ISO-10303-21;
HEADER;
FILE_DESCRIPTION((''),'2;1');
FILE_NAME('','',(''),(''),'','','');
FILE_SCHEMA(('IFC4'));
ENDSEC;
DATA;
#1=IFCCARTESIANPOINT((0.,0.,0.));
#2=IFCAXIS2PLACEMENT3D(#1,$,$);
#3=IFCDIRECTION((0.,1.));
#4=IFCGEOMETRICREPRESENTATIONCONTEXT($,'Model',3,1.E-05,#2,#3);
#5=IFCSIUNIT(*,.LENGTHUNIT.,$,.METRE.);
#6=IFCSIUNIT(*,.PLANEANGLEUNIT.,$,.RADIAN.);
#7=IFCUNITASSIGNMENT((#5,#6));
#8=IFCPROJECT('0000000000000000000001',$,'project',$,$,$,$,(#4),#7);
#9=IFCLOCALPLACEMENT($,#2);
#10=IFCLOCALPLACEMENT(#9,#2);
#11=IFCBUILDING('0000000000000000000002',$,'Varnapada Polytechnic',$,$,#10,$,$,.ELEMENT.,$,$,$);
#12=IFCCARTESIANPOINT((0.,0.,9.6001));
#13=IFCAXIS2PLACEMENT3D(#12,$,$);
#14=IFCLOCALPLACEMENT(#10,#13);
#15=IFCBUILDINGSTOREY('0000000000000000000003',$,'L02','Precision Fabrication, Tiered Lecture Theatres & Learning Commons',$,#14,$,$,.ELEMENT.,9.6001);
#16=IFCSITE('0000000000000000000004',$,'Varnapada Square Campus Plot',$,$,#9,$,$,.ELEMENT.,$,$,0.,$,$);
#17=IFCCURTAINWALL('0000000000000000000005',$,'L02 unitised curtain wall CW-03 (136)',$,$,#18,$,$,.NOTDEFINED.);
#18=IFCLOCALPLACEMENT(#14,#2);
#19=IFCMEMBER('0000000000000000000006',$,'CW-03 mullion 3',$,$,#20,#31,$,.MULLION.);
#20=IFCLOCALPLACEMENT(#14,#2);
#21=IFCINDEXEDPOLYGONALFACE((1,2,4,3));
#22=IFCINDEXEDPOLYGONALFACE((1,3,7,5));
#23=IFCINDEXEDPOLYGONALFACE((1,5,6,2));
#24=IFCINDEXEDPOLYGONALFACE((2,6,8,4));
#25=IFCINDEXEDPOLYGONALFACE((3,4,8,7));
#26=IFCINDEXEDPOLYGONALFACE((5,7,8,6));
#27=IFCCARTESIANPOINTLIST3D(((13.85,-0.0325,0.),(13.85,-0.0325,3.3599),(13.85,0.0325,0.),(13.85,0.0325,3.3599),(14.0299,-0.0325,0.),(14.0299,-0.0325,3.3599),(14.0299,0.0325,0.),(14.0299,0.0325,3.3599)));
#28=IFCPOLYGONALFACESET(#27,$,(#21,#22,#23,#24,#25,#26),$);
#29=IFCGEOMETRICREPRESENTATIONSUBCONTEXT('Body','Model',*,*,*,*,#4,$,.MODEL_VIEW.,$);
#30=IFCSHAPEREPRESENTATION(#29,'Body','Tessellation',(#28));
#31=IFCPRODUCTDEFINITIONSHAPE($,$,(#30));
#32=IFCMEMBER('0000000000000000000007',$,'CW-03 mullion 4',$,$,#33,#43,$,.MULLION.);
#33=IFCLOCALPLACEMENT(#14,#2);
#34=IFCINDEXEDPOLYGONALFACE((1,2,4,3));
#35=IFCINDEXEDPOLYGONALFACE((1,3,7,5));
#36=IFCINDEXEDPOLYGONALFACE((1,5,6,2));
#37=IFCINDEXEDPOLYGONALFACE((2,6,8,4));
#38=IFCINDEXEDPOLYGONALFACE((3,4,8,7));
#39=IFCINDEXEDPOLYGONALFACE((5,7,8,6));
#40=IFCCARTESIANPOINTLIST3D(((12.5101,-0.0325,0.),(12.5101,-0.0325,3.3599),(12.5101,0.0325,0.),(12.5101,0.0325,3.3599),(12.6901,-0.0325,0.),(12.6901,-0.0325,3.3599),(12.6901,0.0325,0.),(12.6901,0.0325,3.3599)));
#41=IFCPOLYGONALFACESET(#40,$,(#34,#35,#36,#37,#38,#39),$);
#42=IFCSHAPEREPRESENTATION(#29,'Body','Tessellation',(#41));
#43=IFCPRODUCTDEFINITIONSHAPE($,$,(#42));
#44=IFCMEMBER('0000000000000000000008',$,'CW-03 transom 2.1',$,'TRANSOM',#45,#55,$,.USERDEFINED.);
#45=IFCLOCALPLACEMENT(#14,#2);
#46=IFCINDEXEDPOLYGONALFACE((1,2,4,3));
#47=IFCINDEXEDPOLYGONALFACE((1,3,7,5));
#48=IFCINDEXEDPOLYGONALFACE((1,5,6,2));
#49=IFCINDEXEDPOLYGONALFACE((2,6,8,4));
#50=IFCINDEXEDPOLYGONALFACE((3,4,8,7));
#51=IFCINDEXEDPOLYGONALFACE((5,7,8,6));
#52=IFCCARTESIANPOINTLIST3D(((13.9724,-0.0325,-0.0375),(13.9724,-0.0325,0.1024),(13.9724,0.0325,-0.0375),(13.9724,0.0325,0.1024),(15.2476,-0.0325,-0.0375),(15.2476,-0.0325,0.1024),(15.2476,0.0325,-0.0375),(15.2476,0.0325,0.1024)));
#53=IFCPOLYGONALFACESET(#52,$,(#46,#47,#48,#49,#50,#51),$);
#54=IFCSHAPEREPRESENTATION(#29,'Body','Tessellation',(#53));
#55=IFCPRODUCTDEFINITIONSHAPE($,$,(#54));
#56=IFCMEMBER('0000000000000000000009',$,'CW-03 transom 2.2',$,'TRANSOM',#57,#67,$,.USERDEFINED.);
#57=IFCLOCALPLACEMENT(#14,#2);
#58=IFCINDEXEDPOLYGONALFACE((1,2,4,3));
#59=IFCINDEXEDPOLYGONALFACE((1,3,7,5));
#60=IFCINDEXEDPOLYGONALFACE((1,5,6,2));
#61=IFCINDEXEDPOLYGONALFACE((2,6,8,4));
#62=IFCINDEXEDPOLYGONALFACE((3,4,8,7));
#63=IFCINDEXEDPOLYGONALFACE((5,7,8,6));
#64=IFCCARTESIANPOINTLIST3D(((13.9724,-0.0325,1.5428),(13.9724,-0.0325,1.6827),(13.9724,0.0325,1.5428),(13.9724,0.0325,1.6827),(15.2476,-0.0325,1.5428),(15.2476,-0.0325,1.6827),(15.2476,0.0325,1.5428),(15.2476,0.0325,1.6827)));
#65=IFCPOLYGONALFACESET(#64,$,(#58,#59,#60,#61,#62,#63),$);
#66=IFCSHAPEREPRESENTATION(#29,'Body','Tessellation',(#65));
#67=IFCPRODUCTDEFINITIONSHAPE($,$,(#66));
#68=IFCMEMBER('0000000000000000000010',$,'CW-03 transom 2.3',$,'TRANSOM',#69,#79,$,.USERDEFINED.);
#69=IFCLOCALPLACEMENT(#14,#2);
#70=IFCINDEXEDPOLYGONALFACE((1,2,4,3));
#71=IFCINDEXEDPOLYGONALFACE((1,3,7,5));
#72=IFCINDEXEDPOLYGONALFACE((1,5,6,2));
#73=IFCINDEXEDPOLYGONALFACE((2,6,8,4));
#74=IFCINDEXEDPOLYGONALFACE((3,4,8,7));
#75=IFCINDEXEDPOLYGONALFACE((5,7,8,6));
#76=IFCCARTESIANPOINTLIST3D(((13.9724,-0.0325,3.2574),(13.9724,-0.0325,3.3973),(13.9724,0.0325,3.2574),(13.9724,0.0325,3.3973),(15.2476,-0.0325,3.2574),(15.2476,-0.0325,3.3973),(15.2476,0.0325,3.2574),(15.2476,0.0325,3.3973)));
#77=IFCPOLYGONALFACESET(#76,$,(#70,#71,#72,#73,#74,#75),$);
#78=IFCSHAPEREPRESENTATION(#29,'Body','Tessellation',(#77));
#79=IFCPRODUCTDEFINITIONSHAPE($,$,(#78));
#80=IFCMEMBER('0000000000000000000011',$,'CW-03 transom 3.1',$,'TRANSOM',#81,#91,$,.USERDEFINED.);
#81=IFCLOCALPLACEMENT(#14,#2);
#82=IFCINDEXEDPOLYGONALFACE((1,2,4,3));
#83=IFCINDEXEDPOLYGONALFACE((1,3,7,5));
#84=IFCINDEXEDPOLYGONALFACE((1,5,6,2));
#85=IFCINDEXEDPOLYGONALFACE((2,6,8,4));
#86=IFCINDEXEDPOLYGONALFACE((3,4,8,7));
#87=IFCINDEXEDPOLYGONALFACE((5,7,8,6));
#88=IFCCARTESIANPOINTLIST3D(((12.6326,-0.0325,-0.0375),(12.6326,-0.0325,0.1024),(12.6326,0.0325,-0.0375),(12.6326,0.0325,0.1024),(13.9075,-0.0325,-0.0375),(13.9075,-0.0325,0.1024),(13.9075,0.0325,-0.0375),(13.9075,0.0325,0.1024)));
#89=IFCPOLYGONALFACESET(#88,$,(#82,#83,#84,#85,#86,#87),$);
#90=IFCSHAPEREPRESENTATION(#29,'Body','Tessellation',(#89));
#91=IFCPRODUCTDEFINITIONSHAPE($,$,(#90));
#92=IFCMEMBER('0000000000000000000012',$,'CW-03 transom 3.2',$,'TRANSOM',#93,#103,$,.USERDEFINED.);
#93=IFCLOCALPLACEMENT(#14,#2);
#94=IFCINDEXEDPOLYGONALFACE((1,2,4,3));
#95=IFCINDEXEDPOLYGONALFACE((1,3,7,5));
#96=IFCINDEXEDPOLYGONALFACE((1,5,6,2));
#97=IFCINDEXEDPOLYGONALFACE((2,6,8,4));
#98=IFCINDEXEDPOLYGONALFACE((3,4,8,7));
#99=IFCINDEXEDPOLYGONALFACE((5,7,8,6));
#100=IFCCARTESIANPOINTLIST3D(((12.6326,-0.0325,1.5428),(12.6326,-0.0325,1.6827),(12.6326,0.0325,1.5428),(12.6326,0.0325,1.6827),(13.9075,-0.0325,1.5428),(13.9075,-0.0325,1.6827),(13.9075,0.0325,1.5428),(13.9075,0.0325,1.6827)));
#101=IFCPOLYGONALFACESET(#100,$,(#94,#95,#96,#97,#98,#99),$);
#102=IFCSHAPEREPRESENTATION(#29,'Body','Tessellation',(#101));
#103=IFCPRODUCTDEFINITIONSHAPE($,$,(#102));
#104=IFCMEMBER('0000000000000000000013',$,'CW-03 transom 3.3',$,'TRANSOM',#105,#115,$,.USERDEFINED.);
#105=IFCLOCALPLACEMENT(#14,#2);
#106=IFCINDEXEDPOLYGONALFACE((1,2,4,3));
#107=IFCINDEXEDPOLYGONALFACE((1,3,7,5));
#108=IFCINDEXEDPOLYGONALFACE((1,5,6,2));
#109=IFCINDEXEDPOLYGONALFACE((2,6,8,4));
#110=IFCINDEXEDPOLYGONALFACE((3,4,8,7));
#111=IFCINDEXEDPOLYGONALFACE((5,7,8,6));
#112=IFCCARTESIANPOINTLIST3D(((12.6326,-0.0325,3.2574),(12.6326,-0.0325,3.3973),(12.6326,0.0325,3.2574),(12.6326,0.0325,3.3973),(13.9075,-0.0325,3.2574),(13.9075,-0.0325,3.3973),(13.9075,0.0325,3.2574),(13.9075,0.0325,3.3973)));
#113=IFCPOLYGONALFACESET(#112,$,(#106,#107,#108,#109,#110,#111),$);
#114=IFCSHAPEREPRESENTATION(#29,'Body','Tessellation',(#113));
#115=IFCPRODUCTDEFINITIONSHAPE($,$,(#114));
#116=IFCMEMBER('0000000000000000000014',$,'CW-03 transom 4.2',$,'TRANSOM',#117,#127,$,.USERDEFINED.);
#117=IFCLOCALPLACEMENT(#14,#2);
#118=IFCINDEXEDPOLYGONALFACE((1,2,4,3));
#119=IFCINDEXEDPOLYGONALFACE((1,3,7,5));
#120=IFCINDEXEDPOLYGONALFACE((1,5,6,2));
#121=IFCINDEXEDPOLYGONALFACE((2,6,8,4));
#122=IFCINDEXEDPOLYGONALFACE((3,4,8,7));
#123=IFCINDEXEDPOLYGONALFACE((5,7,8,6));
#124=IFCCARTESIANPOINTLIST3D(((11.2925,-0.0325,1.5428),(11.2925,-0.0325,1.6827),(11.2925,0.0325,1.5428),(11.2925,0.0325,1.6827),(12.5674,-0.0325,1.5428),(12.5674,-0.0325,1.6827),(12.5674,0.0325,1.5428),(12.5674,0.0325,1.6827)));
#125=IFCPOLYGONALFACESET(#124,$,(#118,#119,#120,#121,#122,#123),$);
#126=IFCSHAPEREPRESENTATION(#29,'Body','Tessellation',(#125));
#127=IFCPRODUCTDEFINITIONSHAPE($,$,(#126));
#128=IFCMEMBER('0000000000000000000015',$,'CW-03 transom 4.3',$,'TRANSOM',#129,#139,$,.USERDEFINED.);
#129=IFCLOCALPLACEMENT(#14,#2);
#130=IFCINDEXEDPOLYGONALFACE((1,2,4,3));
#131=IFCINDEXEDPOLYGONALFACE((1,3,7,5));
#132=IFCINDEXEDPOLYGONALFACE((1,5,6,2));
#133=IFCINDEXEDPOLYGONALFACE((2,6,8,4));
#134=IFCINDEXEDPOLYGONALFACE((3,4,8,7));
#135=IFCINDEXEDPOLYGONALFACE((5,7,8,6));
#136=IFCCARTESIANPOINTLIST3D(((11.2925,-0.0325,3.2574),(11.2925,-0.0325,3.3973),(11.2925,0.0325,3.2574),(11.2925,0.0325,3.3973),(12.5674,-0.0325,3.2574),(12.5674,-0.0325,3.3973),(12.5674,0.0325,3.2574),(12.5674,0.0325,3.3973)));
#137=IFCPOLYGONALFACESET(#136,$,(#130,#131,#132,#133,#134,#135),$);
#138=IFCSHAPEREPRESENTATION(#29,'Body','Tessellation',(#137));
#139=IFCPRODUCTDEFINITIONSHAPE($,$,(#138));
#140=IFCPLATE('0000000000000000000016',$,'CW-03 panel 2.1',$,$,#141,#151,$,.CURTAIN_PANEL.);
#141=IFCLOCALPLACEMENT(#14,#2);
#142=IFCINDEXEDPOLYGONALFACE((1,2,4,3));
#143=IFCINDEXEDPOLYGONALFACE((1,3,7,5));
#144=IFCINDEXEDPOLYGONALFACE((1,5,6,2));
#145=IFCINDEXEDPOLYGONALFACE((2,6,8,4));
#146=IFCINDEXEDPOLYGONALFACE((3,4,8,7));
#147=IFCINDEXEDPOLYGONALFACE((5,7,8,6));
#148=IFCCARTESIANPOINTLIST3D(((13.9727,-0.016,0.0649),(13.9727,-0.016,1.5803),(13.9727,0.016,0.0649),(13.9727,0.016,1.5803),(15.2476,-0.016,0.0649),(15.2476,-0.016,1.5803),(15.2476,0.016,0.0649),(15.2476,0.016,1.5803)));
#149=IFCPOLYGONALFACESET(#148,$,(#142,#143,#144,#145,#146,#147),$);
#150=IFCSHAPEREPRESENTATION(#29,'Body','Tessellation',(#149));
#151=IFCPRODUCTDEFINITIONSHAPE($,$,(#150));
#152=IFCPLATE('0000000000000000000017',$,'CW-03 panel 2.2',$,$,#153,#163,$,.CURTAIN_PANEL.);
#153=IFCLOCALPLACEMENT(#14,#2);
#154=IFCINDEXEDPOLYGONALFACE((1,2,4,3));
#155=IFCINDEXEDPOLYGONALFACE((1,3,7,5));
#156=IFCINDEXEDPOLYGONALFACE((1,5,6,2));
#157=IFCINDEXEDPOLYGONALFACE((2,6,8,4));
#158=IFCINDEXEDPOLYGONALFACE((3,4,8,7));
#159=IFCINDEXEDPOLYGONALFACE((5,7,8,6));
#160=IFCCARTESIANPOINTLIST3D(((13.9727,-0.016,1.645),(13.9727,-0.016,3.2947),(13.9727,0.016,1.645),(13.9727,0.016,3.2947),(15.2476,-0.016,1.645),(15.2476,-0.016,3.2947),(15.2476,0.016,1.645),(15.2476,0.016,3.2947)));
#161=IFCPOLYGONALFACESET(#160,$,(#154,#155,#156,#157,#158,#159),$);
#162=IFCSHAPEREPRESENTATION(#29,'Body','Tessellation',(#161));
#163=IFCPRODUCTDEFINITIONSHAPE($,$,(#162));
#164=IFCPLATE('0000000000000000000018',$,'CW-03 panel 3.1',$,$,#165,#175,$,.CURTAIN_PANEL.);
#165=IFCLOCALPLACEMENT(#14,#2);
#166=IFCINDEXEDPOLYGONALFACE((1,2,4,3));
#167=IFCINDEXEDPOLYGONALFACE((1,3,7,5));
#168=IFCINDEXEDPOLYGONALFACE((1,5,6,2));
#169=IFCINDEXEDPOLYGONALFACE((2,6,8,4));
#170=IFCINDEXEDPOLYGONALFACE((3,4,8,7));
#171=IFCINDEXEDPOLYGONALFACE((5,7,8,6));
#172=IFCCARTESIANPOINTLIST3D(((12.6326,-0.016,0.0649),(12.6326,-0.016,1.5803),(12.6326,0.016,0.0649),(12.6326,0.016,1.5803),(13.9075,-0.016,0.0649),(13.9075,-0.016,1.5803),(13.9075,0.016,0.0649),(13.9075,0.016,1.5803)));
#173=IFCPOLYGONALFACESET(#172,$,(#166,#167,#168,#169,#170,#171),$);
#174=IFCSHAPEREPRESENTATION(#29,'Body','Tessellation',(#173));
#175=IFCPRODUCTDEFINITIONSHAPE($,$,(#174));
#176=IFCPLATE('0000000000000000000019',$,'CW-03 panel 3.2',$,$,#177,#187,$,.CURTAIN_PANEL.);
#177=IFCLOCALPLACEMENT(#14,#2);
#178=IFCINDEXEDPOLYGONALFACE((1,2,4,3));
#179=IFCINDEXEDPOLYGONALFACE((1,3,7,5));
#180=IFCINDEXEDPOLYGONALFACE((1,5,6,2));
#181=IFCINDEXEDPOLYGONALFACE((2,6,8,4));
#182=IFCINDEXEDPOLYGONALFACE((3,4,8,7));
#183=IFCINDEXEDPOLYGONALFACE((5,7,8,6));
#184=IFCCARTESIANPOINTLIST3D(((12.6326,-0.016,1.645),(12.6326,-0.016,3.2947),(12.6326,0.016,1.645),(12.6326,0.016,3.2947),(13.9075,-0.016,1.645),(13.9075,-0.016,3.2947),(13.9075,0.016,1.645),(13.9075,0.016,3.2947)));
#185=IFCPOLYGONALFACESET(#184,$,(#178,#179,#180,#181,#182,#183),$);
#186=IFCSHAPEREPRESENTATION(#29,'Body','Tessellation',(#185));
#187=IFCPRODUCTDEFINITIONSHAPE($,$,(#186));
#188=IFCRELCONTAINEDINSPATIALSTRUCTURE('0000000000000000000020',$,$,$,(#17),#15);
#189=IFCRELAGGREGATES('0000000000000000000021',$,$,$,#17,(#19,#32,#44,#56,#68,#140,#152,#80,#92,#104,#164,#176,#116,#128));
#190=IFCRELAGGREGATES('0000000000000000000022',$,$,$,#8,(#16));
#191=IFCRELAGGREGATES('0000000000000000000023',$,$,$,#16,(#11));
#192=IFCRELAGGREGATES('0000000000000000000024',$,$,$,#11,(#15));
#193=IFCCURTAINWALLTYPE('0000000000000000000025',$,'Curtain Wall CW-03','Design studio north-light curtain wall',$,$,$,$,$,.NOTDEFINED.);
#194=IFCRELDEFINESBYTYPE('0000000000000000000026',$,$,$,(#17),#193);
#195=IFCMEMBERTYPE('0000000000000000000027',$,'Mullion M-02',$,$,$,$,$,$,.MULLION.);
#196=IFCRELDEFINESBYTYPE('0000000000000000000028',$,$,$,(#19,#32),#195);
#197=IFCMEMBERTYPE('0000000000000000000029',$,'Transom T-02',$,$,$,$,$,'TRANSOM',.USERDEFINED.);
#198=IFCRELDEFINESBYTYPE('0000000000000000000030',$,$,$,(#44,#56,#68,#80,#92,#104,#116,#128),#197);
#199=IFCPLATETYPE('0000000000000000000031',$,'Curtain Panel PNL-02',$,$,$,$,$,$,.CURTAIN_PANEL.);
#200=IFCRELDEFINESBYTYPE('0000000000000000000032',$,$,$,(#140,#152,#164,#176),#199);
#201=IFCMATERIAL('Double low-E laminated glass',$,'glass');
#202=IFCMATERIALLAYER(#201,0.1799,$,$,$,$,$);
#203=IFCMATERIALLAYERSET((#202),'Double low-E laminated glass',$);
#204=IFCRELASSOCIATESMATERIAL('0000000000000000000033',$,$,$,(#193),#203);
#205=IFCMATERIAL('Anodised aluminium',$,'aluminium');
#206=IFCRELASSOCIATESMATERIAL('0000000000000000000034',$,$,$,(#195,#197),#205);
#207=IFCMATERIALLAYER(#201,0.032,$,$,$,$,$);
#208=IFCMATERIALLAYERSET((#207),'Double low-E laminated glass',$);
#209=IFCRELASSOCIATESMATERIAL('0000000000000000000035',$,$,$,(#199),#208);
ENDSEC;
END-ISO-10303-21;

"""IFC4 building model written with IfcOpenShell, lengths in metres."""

from ifc_helpers import new_model, si_unit, direction, frame, origin, origin_2d, place, context, subcontext, project, spatial, rectangle, extrude, material, layer, layer_set, material_profile, profile_set, type_object, element, aggregate, save


model = new_model("IFC4")

# Units and contexts
model_context = context("Model", 3, precision=1e-05, world=origin(), true_north=direction((0.0, 1.0)))
body_context = subcontext(model_context, "Body", "Model", "MODEL_VIEW")
ifc_project = project(units=[si_unit("LENGTHUNIT", "METRE"), si_unit("PLANEANGLEUNIT", "RADIAN")], contexts=[model_context])

# Site, building, storey
site_placement = place(None, origin())
site = spatial("IfcSite", under=ifc_project, at=site_placement, Name="Varnapada Square Campus Plot", CompositionType="ELEMENT", RefElevation=0.0)
building_placement = place(site_placement, origin())
building = spatial("IfcBuilding", under=site, at=building_placement, Name="Varnapada Polytechnic", CompositionType="ELEMENT")
storey_placement = place(building_placement, frame((0.0, 0.0, 9.6001)))
storey = spatial("IfcBuildingStorey", under=building, at=storey_placement, Name="L02", Description="Precision Fabrication, Tiered Lecture Theatres & Learning Commons", CompositionType="ELEMENT", Elevation=9.6001)

# Curtain wall, members, plates
ifc_material_1 = material(Name="Double low-E laminated glass", Category="glass")
ifc_layer_1 = layer(ifc_material_1, 0.1799)
ifc_layer_set_1 = layer_set([ifc_layer_1], Name="Double low-E laminated glass")
curtain_wall_type = type_object("IfcCurtainWallType", Name="Curtain Wall CW-03", Description="Design studio north-light curtain wall", PredefinedType="NOTDEFINED", material=ifc_layer_set_1)
curtain_wall_placement = place(storey_placement, origin())
curtain_wall = element("IfcCurtainWall", 1, at=curtain_wall_placement, inside=storey, type_object=curtain_wall_type, Name="L02 unitised curtain wall CW-03 (136)", PredefinedType="NOTDEFINED")
ifc_material_2 = material(Name="Anodised aluminium", Category="aluminium")
ifc_material_profile_1 = material_profile(ifc_material_2, rectangle(XDim=0.0649, YDim=0.1799, at=origin_2d()), Name="ALU M65x180")
ifc_profile_set_1 = profile_set([ifc_material_profile_1], Name="Anodised aluminium")
member_type_1 = type_object("IfcMemberType", Name="Mullion M-02", PredefinedType="MULLION", material=ifc_profile_set_1)
member_1_placement = place(storey_placement, frame((13.9399, 0.0, 0.0), z_axis=(0.0, 0.0, 1.0), x_axis=(0.0, -1.0, 0.0)))
member_1 = element("IfcMember", 2, at=member_1_placement, type_object=member_type_1, Name="CW-03 mullion 3", PredefinedType="MULLION", context=body_context, shape_type="SweptSolid", body=[
    extrude(rectangle(XDim=0.0649, YDim=0.1799, at=origin_2d()), origin(), (0.0, 0.0, 1.0), 3.3599),
])
member_2_placement = place(storey_placement, frame((12.6001, 0.0, 0.0), z_axis=(0.0, 0.0, 1.0), x_axis=(0.0, -1.0, 0.0)))
member_2 = element("IfcMember", 3, at=member_2_placement, type_object=member_type_1, Name="CW-03 mullion 4", PredefinedType="MULLION", context=body_context, shape_type="SweptSolid", body=[
    extrude(rectangle(XDim=0.0649, YDim=0.1799, at=origin_2d()), origin(), (0.0, 0.0, 1.0), 3.3599),
])
ifc_material_profile_2 = material_profile(ifc_material_2, rectangle(XDim=0.0649, YDim=0.1399, at=origin_2d()), Name="ALU T65x140")
ifc_profile_set_2 = profile_set([ifc_material_profile_2], Name="Anodised aluminium")
member_type_2 = type_object("IfcMemberType", Name="Transom T-02", ElementType="TRANSOM", PredefinedType="USERDEFINED", material=ifc_profile_set_2)
member_3_placement = place(storey_placement, frame((15.2476, 0.0, 0.0325), z_axis=(-1.0, 0.0, 0.0), x_axis=(0.0, -1.0, 0.0)))
member_3 = element("IfcMember", 4, at=member_3_placement, type_object=member_type_2, Name="CW-03 transom 2.1", ObjectType="TRANSOM", PredefinedType="USERDEFINED", context=body_context, shape_type="SweptSolid", body=[
    extrude(rectangle(XDim=0.0649, YDim=0.1399, at=origin_2d()), origin(), (0.0, 0.0, 1.0), 1.2751),
])
member_4_placement = place(storey_placement, frame((15.2476, 0.0, 1.6128), z_axis=(-1.0, 0.0, 0.0), x_axis=(0.0, -1.0, 0.0)))
member_4 = element("IfcMember", 5, at=member_4_placement, type_object=member_type_2, Name="CW-03 transom 2.2", ObjectType="TRANSOM", PredefinedType="USERDEFINED", context=body_context, shape_type="SweptSolid", body=[
    extrude(rectangle(XDim=0.0649, YDim=0.1399, at=origin_2d()), origin(), (0.0, 0.0, 1.0), 1.2751),
])
member_5_placement = place(storey_placement, frame((15.2476, 0.0, 3.3274), z_axis=(-1.0, 0.0, 0.0), x_axis=(0.0, -1.0, 0.0)))
member_5 = element("IfcMember", 6, at=member_5_placement, type_object=member_type_2, Name="CW-03 transom 2.3", ObjectType="TRANSOM", PredefinedType="USERDEFINED", context=body_context, shape_type="SweptSolid", body=[
    extrude(rectangle(XDim=0.0649, YDim=0.1399, at=origin_2d()), origin(), (0.0, 0.0, 1.0), 1.2751),
])
member_6_placement = place(storey_placement, frame((13.9075, 0.0, 0.0325), z_axis=(-1.0, 0.0, 0.0), x_axis=(0.0, -1.0, 0.0)))
member_6 = element("IfcMember", 7, at=member_6_placement, type_object=member_type_2, Name="CW-03 transom 3.1", ObjectType="TRANSOM", PredefinedType="USERDEFINED", context=body_context, shape_type="SweptSolid", body=[
    extrude(rectangle(XDim=0.0649, YDim=0.1399, at=origin_2d()), origin(), (0.0, 0.0, 1.0), 1.2749),
])
member_7_placement = place(storey_placement, frame((13.9075, 0.0, 1.6128), z_axis=(-1.0, 0.0, 0.0), x_axis=(0.0, -1.0, 0.0)))
member_7 = element("IfcMember", 8, at=member_7_placement, type_object=member_type_2, Name="CW-03 transom 3.2", ObjectType="TRANSOM", PredefinedType="USERDEFINED", context=body_context, shape_type="SweptSolid", body=[
    extrude(rectangle(XDim=0.0649, YDim=0.1399, at=origin_2d()), origin(), (0.0, 0.0, 1.0), 1.2749),
])
member_8_placement = place(storey_placement, frame((13.9075, 0.0, 3.3274), z_axis=(-1.0, 0.0, 0.0), x_axis=(0.0, -1.0, 0.0)))
member_8 = element("IfcMember", 9, at=member_8_placement, type_object=member_type_2, Name="CW-03 transom 3.3", ObjectType="TRANSOM", PredefinedType="USERDEFINED", context=body_context, shape_type="SweptSolid", body=[
    extrude(rectangle(XDim=0.0649, YDim=0.1399, at=origin_2d()), origin(), (0.0, 0.0, 1.0), 1.2749),
])
member_9_placement = place(storey_placement, frame((12.5674, 0.0, 1.6128), z_axis=(-1.0, 0.0, 0.0), x_axis=(0.0, -1.0, 0.0)))
member_9 = element("IfcMember", 10, at=member_9_placement, type_object=member_type_2, Name="CW-03 transom 4.2", ObjectType="TRANSOM", PredefinedType="USERDEFINED", context=body_context, shape_type="SweptSolid", body=[
    extrude(rectangle(XDim=0.0649, YDim=0.1399, at=origin_2d()), origin(), (0.0, 0.0, 1.0), 1.2749),
])
member_10_placement = place(storey_placement, frame((12.5674, 0.0, 3.3274), z_axis=(-1.0, 0.0, 0.0), x_axis=(0.0, -1.0, 0.0)))
member_10 = element("IfcMember", 11, at=member_10_placement, type_object=member_type_2, Name="CW-03 transom 4.3", ObjectType="TRANSOM", PredefinedType="USERDEFINED", context=body_context, shape_type="SweptSolid", body=[
    extrude(rectangle(XDim=0.0649, YDim=0.1399, at=origin_2d()), origin(), (0.0, 0.0, 1.0), 1.2749),
])
ifc_layer_2 = layer(ifc_material_1, 0.032)
ifc_layer_set_2 = layer_set([ifc_layer_2], Name="Double low-E laminated glass")
plate_type = type_object("IfcPlateType", Name="Curtain Panel PNL-02", PredefinedType="CURTAIN_PANEL", material=ifc_layer_set_2)
plate_1_placement = place(storey_placement, frame((14.6101, 0.0, 0.0649), z_axis=(0.0, 0.0, 1.0), x_axis=(-1.0, 0.0, 0.0)))
plate_1 = element("IfcPlate", 12, at=plate_1_placement, type_object=plate_type, Name="CW-03 panel 2.1", PredefinedType="CURTAIN_PANEL", context=body_context, shape_type="SweptSolid", body=[
    extrude(rectangle(XDim=1.2749, YDim=0.032, at=origin_2d()), origin(), (0.0, 0.0, 1.0), 1.5154),
])
plate_2_placement = place(storey_placement, frame((14.6101, 0.0, 1.645), z_axis=(0.0, 0.0, 1.0), x_axis=(-1.0, 0.0, 0.0)))
plate_2 = element("IfcPlate", 13, at=plate_2_placement, type_object=plate_type, Name="CW-03 panel 2.2", PredefinedType="CURTAIN_PANEL", context=body_context, shape_type="SweptSolid", body=[
    extrude(rectangle(XDim=1.2749, YDim=0.032, at=origin_2d()), origin(), (0.0, 0.0, 1.0), 1.6497),
])
plate_3_placement = place(storey_placement, frame((13.27, 0.0, 0.0649), z_axis=(0.0, 0.0, 1.0), x_axis=(-1.0, 0.0, 0.0)))
plate_3 = element("IfcPlate", 14, at=plate_3_placement, type_object=plate_type, Name="CW-03 panel 3.1", PredefinedType="CURTAIN_PANEL", context=body_context, shape_type="SweptSolid", body=[
    extrude(rectangle(XDim=1.2749, YDim=0.032, at=origin_2d()), origin(), (0.0, 0.0, 1.0), 1.5154),
])
plate_4_placement = place(storey_placement, frame((13.27, 0.0, 1.645), z_axis=(0.0, 0.0, 1.0), x_axis=(-1.0, 0.0, 0.0)))
plate_4 = element("IfcPlate", 15, at=plate_4_placement, type_object=plate_type, Name="CW-03 panel 3.2", PredefinedType="CURTAIN_PANEL", context=body_context, shape_type="SweptSolid", body=[
    extrude(rectangle(XDim=1.2749, YDim=0.032, at=origin_2d()), origin(), (0.0, 0.0, 1.0), 1.6497),
])
aggregate(curtain_wall, [member_1, member_2, member_3, member_4, member_5, plate_1, plate_2, member_6, member_7, member_8, plate_3, plate_4, member_9, member_10])

save(model, "model.ifc")
